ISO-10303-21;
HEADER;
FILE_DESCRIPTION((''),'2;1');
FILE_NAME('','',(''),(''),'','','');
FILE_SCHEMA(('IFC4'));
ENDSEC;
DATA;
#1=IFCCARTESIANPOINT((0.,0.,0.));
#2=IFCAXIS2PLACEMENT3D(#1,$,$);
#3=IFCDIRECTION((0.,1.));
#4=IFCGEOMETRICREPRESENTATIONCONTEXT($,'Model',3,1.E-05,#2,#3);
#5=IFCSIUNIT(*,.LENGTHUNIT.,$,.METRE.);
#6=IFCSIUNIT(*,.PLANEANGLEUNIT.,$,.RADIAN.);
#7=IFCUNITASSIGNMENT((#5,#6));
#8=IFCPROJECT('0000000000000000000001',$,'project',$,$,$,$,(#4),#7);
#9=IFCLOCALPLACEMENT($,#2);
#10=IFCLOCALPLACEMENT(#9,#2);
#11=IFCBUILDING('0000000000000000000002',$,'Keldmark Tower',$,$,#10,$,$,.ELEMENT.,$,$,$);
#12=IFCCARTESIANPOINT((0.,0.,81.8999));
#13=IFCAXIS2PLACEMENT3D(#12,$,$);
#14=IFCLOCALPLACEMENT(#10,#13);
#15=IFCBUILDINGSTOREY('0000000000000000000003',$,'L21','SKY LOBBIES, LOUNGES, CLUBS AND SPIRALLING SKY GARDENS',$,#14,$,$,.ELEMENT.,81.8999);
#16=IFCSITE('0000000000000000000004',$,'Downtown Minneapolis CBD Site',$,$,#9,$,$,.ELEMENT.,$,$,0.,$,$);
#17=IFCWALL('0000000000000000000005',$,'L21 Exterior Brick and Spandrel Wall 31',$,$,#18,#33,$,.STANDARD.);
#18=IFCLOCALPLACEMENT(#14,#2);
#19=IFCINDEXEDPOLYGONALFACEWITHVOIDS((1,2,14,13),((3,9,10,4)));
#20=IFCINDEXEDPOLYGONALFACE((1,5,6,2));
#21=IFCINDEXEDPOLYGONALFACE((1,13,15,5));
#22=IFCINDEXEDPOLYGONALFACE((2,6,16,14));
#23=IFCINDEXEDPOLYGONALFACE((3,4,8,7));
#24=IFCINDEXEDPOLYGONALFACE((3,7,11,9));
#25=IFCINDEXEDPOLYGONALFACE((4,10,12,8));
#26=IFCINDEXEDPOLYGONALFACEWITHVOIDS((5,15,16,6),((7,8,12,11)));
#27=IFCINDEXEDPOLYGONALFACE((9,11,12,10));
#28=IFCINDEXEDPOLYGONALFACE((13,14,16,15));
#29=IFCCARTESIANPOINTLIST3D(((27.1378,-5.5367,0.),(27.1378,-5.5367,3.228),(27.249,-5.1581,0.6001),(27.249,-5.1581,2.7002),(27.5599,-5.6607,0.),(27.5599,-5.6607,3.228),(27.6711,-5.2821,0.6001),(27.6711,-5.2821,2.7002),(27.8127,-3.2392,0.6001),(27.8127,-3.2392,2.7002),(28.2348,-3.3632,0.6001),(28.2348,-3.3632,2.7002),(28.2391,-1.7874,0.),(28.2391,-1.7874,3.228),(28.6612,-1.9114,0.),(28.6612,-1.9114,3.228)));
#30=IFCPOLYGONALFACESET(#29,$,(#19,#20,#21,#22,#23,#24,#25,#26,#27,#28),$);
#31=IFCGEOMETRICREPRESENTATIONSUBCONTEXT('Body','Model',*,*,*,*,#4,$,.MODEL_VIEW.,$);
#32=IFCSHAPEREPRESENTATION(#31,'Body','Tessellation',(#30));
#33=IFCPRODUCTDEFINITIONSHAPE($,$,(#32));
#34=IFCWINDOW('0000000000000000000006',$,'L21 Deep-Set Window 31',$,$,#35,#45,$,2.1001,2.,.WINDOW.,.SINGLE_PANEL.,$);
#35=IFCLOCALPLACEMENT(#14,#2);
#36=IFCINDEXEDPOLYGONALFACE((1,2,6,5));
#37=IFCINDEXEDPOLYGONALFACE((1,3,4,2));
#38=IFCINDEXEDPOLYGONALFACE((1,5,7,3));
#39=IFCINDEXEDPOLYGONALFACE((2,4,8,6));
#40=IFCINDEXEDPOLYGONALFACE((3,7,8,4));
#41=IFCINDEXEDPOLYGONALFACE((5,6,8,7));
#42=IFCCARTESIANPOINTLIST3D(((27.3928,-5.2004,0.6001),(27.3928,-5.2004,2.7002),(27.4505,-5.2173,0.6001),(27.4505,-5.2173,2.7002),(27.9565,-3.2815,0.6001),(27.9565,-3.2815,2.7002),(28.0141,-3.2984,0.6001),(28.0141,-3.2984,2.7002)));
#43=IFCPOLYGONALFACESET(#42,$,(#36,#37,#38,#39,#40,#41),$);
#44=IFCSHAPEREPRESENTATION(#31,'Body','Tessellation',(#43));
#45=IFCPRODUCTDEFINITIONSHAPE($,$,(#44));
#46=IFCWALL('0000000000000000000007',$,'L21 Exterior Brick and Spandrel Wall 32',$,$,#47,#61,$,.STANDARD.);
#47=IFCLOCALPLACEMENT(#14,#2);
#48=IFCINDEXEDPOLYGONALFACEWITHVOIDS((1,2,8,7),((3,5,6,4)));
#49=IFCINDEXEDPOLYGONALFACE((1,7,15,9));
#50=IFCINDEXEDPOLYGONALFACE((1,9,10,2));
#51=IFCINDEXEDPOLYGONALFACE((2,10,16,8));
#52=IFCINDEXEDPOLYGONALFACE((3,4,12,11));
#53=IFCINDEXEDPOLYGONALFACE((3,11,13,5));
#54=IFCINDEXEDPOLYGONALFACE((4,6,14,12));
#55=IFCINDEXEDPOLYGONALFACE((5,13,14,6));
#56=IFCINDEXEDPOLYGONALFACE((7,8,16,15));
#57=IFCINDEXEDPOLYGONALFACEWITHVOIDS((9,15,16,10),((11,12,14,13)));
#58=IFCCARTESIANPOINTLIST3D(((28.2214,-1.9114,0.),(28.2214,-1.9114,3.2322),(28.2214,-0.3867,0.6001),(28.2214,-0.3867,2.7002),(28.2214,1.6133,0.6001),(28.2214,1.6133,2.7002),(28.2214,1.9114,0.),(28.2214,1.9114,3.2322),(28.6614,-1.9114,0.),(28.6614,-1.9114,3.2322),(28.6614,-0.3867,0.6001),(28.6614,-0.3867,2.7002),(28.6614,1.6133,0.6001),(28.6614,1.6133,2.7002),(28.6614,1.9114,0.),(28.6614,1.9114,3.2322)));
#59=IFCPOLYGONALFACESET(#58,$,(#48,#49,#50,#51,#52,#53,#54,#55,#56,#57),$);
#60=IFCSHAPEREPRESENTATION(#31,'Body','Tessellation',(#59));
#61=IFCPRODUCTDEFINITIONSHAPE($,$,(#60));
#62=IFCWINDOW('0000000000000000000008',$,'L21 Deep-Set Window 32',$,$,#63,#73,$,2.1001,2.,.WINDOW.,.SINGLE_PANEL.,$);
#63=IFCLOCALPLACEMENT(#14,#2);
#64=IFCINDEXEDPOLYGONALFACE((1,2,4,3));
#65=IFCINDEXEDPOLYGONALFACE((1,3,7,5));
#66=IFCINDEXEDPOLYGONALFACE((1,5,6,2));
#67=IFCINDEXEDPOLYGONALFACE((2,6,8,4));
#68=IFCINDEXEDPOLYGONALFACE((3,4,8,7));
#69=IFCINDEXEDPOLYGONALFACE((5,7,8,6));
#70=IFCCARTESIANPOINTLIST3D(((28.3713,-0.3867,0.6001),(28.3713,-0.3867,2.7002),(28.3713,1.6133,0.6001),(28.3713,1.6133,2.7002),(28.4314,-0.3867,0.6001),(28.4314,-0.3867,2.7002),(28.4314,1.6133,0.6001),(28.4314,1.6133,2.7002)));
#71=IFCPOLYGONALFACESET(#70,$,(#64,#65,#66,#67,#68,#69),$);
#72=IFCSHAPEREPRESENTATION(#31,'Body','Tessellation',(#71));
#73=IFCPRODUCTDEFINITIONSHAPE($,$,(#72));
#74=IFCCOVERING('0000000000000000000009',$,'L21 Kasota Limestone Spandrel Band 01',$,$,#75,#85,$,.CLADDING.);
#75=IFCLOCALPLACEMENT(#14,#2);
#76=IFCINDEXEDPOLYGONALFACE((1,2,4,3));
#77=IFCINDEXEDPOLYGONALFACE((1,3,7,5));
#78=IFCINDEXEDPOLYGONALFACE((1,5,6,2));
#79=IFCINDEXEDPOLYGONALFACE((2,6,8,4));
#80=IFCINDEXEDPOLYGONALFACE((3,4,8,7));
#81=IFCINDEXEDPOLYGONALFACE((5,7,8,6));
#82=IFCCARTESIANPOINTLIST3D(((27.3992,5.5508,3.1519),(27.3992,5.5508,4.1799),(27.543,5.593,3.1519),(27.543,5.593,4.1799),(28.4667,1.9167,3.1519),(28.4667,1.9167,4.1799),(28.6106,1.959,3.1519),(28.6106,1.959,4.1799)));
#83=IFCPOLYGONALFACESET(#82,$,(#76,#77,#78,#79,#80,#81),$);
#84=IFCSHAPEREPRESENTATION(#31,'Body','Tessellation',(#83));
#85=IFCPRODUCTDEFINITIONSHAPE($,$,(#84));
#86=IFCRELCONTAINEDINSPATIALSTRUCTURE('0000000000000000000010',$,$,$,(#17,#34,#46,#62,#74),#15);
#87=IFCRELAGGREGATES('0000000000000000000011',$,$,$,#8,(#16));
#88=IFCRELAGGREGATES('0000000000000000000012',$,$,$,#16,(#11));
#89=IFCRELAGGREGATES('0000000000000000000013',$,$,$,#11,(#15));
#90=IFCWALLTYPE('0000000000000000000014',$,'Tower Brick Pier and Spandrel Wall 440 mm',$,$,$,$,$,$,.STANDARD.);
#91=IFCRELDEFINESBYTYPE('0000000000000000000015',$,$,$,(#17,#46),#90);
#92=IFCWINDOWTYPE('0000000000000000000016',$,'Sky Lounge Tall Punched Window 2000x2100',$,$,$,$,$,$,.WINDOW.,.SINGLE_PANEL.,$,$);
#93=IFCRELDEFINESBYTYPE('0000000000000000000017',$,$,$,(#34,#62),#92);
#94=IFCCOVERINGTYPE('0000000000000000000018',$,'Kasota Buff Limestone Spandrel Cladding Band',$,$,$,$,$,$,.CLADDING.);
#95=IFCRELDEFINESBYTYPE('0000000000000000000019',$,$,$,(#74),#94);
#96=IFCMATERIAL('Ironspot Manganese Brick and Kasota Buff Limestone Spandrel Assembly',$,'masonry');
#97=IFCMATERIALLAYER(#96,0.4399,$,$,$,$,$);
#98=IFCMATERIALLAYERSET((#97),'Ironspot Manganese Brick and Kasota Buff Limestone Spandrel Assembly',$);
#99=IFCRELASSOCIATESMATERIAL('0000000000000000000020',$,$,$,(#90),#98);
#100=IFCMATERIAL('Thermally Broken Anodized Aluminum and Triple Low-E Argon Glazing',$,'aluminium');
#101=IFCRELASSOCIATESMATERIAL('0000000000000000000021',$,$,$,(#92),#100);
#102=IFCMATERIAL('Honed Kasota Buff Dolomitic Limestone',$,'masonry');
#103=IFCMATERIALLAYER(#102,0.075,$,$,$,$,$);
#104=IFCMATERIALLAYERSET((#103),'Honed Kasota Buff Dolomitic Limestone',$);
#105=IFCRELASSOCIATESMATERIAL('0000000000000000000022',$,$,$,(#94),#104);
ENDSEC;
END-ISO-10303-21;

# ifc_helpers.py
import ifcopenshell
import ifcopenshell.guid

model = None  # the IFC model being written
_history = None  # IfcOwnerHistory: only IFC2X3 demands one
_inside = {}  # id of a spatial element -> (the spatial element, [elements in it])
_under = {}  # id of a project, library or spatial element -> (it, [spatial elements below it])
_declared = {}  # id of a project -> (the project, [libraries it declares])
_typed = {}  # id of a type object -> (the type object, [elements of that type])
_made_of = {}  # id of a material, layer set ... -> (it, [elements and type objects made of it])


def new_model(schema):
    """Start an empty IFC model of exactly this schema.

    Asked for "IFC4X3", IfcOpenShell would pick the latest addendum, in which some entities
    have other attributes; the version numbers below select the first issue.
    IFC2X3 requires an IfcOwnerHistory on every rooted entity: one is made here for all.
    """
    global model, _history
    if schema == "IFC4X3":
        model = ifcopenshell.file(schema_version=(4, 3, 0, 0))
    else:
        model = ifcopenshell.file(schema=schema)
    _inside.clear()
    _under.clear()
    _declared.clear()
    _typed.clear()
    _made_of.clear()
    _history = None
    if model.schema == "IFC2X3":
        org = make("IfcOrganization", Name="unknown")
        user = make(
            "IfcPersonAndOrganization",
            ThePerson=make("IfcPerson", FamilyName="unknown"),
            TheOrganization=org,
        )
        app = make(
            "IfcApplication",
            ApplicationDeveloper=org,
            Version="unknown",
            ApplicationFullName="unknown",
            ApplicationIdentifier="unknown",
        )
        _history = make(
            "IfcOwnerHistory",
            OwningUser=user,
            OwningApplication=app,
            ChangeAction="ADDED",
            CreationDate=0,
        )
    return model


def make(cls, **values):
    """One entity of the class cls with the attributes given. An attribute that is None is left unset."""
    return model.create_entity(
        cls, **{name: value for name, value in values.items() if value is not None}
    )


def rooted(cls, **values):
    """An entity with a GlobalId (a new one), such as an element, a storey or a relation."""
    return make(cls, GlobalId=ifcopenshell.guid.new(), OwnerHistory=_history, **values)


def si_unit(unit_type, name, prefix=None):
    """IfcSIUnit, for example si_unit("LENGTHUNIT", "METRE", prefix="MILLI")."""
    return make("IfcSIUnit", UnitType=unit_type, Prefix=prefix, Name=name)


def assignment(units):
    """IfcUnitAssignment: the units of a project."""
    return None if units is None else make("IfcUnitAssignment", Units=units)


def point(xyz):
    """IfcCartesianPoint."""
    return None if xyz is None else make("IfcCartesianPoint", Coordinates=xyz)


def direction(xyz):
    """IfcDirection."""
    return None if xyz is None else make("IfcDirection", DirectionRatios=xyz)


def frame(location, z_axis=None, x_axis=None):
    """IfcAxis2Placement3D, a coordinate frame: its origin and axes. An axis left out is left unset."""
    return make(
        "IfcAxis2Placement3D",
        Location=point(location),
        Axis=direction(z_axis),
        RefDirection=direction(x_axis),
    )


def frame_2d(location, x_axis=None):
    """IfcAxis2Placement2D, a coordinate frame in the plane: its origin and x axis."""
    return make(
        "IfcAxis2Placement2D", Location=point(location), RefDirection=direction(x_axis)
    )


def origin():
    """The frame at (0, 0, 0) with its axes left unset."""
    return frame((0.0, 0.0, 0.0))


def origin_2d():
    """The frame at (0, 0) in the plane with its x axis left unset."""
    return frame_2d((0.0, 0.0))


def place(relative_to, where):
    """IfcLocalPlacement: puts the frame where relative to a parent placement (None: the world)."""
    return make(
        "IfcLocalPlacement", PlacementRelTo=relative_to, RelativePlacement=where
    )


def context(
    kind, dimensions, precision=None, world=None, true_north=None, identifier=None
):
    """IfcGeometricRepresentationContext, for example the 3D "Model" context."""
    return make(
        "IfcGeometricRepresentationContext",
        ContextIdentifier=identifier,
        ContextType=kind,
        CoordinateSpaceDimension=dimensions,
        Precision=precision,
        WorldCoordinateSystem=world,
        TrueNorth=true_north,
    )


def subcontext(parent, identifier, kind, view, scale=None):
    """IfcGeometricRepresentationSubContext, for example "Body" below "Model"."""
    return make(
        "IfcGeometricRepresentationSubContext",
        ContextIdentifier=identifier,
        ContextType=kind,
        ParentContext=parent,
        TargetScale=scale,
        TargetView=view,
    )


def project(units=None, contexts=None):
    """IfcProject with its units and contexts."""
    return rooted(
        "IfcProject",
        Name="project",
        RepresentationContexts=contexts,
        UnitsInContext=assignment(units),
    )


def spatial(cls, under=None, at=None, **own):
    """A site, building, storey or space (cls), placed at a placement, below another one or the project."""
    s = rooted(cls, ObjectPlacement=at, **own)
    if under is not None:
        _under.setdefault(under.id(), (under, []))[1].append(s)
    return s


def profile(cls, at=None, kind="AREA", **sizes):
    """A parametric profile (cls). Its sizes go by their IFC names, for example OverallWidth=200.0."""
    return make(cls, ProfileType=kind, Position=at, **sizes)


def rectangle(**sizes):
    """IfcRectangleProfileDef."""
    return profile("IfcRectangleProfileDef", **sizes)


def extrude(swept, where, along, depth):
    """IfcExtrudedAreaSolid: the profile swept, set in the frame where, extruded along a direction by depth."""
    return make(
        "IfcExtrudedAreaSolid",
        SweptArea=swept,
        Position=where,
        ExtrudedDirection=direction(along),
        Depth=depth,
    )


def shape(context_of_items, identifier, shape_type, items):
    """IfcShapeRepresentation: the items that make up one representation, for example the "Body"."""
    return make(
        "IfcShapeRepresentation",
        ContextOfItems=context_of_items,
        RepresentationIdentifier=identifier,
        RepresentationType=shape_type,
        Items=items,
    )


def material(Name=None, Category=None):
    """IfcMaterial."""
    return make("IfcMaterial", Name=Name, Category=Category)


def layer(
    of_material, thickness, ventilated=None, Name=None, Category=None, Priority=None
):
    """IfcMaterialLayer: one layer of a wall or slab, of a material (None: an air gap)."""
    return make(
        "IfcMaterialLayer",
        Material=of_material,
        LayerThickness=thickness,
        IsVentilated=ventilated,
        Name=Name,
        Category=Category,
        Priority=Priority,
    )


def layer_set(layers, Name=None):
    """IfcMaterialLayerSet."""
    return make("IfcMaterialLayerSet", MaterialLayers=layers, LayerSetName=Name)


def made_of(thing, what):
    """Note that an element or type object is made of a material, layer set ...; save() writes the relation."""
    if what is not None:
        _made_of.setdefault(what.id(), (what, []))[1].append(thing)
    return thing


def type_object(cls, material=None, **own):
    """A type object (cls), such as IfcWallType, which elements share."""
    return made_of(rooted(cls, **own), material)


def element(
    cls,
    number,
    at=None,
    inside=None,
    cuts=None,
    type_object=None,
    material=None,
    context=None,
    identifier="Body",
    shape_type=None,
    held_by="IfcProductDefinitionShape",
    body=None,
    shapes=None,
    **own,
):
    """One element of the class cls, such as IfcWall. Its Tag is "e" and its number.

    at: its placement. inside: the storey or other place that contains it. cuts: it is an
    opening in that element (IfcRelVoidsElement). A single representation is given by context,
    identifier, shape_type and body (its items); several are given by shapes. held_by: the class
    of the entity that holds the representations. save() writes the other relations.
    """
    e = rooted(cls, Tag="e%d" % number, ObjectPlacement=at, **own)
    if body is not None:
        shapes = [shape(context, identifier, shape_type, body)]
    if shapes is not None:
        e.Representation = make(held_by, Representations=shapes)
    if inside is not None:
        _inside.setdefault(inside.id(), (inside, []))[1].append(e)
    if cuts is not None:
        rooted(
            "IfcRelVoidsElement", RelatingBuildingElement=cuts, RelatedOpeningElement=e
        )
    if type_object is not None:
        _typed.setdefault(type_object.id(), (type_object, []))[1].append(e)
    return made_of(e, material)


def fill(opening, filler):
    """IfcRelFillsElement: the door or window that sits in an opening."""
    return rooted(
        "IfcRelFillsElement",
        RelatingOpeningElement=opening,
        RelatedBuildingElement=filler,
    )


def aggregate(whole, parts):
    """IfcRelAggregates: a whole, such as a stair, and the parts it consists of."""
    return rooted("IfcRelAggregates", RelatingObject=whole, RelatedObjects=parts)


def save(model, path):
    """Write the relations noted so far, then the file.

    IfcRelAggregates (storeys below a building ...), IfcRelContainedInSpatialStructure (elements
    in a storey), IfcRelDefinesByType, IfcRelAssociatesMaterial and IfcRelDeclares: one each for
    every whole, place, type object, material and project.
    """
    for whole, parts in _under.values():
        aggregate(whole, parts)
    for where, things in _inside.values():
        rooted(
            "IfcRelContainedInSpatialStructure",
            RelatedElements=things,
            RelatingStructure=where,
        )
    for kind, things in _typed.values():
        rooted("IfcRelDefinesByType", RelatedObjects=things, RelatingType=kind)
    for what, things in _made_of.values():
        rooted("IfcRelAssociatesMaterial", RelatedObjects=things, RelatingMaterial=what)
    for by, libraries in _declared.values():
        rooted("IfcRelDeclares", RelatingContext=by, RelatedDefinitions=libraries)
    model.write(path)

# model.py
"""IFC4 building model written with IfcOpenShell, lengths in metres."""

from ifc_helpers import new_model, si_unit, direction, frame, frame_2d, origin, origin_2d, place, context, subcontext, project, spatial, rectangle, extrude, material, layer, layer_set, type_object, element, fill, save


model = new_model("IFC4")

# Units and contexts
model_context = context("Model", 3, precision=1e-05, world=origin(), true_north=direction((0.0, 1.0)))
body_context = subcontext(model_context, "Body", "Model", "MODEL_VIEW")
ifc_project = project(units=[si_unit("LENGTHUNIT", "METRE"), si_unit("PLANEANGLEUNIT", "RADIAN")], contexts=[model_context])

# Site, building, storey
site_placement = place(None, origin())
site = spatial("IfcSite", under=ifc_project, at=site_placement, Name="Downtown Minneapolis CBD Site", CompositionType="ELEMENT", RefElevation=0.0)
building_placement = place(site_placement, origin())
building = spatial("IfcBuilding", under=site, at=building_placement, Name="Keldmark Tower", CompositionType="ELEMENT")
storey_placement = place(building_placement, frame((0.0, 0.0, 81.8999)))
storey = spatial("IfcBuildingStorey", under=building, at=storey_placement, Name="L21", Description="SKY LOBBIES, LOUNGES, CLUBS AND SPIRALLING SKY GARDENS", CompositionType="ELEMENT", Elevation=81.8999)

# Walls, openings, windows
ifc_material_1 = material(Name="Ironspot Manganese Brick and Kasota Buff Limestone Spandrel Assembly", Category="masonry")
ifc_layer_1 = layer(ifc_material_1, 0.4399)
ifc_layer_set_1 = layer_set([ifc_layer_1], Name="Ironspot Manganese Brick and Kasota Buff Limestone Spandrel Assembly")
wall_type = type_object("IfcWallType", Name="Tower Brick Pier and Spandrel Wall 440 mm", PredefinedType="STANDARD", material=ifc_layer_set_1)
wall_1_placement = place(storey_placement, frame((28.4502, -1.8494, 0.0), z_axis=(0.0, 0.0, 1.0), x_axis=(-0.281835, -0.959463, 0.0)))
wall_1 = element("IfcWall", 1, at=wall_1_placement, inside=storey, type_object=wall_type, Name="L21 Exterior Brick and Spandrel Wall 31", PredefinedType="STANDARD", context=body_context, shape_type="SweptSolid", body=[
    extrude(rectangle(XDim=3.9077, YDim=0.4399, at=frame_2d((1.9539, 0.0))), origin(), (0.0, 0.0, 1.0), 3.228),
])
opening_1_placement = place(wall_1_placement, frame((1.5132, 0.0, 0.6001)))
opening_1 = element("IfcOpeningElement", 2, at=opening_1_placement, cuts=wall_1, PredefinedType="OPENING", context=body_context, shape_type="SweptSolid", body=[
    extrude(rectangle(XDim=2.0, YDim=2.1001, at=frame_2d((1.0, 1.05))), frame((0.0, 0.23, 0.0), z_axis=(0.0, -1.0, 0.0), x_axis=(1.0, 0.0, 0.0)), (0.0, 0.0, 1.0), 0.46),
])
ifc_material_2 = material(Name="Thermally Broken Anodized Aluminum and Triple Low-E Argon Glazing", Category="aluminium")
window_type = type_object("IfcWindowType", Name="Sky Lounge Tall Punched Window 2000x2100", PartitioningType="SINGLE_PANEL", PredefinedType="WINDOW", material=ifc_material_2)
window_1_placement = place(opening_1_placement, origin())
window_1 = element("IfcWindow", 3, at=window_1_placement, inside=storey, type_object=window_type, Name="L21 Deep-Set Window 31", OverallHeight=2.1001, OverallWidth=2.0, PartitioningType="SINGLE_PANEL", PredefinedType="WINDOW", context=body_context, shape_type="SweptSolid", body=[
    extrude(rectangle(XDim=2.0, YDim=2.1001, at=frame_2d((1.0, 1.05))), frame((0.0, -0.01, 0.0), z_axis=(0.0, -1.0, 0.0), x_axis=(1.0, 0.0, 0.0)), (0.0, 0.0, 1.0), 0.0601),
])
fill(opening_1, window_1)
wall_2_placement = place(storey_placement, frame((28.4414, 1.9114, 0.0), z_axis=(0.0, 0.0, 1.0), x_axis=(0.0, -1.0, 0.0)))
wall_2 = element("IfcWall", 4, at=wall_2_placement, inside=storey, type_object=wall_type, Name="L21 Exterior Brick and Spandrel Wall 32", PredefinedType="STANDARD", context=body_context, shape_type="SweptSolid", body=[
    extrude(rectangle(XDim=3.8228, YDim=0.4399, at=frame_2d((1.9114, 0.0))), origin(), (0.0, 0.0, 1.0), 3.2322),
])
opening_2_placement = place(wall_2_placement, frame((0.2981, 0.0, 0.6001)))
opening_2 = element("IfcOpeningElement", 5, at=opening_2_placement, cuts=wall_2, PredefinedType="OPENING", context=body_context, shape_type="SweptSolid", body=[
    extrude(rectangle(XDim=2.0, YDim=2.1001, at=frame_2d((1.0, 1.05))), frame((0.0, 0.23, 0.0), z_axis=(0.0, -1.0, 0.0), x_axis=(1.0, 0.0, 0.0)), (0.0, 0.0, 1.0), 0.46),
])
window_2_placement = place(opening_2_placement, origin())
window_2 = element("IfcWindow", 6, at=window_2_placement, inside=storey, type_object=window_type, Name="L21 Deep-Set Window 32", OverallHeight=2.1001, OverallWidth=2.0, PartitioningType="SINGLE_PANEL", PredefinedType="WINDOW", context=body_context, shape_type="SweptSolid", body=[
    extrude(rectangle(XDim=2.0, YDim=2.1001, at=frame_2d((1.0, 1.05))), frame((0.0, -0.01, 0.0), z_axis=(0.0, -1.0, 0.0), x_axis=(1.0, 0.0, 0.0)), (0.0, 0.0, 1.0), 0.0601),
])
fill(opening_2, window_2)

# Covering
ifc_material_3 = material(Name="Honed Kasota Buff Dolomitic Limestone", Category="masonry")
ifc_layer_2 = layer(ifc_material_3, 0.075)
ifc_layer_set_2 = layer_set([ifc_layer_2], Name="Honed Kasota Buff Dolomitic Limestone")
covering_type = type_object("IfcCoveringType", Name="Kasota Buff Limestone Spandrel Cladding Band", PredefinedType="CLADDING", material=ifc_layer_set_2)
covering_placement = place(storey_placement, frame((28.0049, 3.7549, 3.1519), z_axis=(0.0, 0.0, 1.0), x_axis=(-0.281856, 0.959457, 0.0)))
element("IfcCovering", 7, at=covering_placement, inside=storey, type_object=covering_type, Name="L21 Kasota Limestone Spandrel Band 01", PredefinedType="CLADDING", context=body_context, shape_type="SweptSolid", body=[
    extrude(rectangle(XDim=3.7876, YDim=0.1499, at=origin_2d()), origin(), (0.0, 0.0, 1.0), 1.0281),
])

save(model, "model.ifc")
